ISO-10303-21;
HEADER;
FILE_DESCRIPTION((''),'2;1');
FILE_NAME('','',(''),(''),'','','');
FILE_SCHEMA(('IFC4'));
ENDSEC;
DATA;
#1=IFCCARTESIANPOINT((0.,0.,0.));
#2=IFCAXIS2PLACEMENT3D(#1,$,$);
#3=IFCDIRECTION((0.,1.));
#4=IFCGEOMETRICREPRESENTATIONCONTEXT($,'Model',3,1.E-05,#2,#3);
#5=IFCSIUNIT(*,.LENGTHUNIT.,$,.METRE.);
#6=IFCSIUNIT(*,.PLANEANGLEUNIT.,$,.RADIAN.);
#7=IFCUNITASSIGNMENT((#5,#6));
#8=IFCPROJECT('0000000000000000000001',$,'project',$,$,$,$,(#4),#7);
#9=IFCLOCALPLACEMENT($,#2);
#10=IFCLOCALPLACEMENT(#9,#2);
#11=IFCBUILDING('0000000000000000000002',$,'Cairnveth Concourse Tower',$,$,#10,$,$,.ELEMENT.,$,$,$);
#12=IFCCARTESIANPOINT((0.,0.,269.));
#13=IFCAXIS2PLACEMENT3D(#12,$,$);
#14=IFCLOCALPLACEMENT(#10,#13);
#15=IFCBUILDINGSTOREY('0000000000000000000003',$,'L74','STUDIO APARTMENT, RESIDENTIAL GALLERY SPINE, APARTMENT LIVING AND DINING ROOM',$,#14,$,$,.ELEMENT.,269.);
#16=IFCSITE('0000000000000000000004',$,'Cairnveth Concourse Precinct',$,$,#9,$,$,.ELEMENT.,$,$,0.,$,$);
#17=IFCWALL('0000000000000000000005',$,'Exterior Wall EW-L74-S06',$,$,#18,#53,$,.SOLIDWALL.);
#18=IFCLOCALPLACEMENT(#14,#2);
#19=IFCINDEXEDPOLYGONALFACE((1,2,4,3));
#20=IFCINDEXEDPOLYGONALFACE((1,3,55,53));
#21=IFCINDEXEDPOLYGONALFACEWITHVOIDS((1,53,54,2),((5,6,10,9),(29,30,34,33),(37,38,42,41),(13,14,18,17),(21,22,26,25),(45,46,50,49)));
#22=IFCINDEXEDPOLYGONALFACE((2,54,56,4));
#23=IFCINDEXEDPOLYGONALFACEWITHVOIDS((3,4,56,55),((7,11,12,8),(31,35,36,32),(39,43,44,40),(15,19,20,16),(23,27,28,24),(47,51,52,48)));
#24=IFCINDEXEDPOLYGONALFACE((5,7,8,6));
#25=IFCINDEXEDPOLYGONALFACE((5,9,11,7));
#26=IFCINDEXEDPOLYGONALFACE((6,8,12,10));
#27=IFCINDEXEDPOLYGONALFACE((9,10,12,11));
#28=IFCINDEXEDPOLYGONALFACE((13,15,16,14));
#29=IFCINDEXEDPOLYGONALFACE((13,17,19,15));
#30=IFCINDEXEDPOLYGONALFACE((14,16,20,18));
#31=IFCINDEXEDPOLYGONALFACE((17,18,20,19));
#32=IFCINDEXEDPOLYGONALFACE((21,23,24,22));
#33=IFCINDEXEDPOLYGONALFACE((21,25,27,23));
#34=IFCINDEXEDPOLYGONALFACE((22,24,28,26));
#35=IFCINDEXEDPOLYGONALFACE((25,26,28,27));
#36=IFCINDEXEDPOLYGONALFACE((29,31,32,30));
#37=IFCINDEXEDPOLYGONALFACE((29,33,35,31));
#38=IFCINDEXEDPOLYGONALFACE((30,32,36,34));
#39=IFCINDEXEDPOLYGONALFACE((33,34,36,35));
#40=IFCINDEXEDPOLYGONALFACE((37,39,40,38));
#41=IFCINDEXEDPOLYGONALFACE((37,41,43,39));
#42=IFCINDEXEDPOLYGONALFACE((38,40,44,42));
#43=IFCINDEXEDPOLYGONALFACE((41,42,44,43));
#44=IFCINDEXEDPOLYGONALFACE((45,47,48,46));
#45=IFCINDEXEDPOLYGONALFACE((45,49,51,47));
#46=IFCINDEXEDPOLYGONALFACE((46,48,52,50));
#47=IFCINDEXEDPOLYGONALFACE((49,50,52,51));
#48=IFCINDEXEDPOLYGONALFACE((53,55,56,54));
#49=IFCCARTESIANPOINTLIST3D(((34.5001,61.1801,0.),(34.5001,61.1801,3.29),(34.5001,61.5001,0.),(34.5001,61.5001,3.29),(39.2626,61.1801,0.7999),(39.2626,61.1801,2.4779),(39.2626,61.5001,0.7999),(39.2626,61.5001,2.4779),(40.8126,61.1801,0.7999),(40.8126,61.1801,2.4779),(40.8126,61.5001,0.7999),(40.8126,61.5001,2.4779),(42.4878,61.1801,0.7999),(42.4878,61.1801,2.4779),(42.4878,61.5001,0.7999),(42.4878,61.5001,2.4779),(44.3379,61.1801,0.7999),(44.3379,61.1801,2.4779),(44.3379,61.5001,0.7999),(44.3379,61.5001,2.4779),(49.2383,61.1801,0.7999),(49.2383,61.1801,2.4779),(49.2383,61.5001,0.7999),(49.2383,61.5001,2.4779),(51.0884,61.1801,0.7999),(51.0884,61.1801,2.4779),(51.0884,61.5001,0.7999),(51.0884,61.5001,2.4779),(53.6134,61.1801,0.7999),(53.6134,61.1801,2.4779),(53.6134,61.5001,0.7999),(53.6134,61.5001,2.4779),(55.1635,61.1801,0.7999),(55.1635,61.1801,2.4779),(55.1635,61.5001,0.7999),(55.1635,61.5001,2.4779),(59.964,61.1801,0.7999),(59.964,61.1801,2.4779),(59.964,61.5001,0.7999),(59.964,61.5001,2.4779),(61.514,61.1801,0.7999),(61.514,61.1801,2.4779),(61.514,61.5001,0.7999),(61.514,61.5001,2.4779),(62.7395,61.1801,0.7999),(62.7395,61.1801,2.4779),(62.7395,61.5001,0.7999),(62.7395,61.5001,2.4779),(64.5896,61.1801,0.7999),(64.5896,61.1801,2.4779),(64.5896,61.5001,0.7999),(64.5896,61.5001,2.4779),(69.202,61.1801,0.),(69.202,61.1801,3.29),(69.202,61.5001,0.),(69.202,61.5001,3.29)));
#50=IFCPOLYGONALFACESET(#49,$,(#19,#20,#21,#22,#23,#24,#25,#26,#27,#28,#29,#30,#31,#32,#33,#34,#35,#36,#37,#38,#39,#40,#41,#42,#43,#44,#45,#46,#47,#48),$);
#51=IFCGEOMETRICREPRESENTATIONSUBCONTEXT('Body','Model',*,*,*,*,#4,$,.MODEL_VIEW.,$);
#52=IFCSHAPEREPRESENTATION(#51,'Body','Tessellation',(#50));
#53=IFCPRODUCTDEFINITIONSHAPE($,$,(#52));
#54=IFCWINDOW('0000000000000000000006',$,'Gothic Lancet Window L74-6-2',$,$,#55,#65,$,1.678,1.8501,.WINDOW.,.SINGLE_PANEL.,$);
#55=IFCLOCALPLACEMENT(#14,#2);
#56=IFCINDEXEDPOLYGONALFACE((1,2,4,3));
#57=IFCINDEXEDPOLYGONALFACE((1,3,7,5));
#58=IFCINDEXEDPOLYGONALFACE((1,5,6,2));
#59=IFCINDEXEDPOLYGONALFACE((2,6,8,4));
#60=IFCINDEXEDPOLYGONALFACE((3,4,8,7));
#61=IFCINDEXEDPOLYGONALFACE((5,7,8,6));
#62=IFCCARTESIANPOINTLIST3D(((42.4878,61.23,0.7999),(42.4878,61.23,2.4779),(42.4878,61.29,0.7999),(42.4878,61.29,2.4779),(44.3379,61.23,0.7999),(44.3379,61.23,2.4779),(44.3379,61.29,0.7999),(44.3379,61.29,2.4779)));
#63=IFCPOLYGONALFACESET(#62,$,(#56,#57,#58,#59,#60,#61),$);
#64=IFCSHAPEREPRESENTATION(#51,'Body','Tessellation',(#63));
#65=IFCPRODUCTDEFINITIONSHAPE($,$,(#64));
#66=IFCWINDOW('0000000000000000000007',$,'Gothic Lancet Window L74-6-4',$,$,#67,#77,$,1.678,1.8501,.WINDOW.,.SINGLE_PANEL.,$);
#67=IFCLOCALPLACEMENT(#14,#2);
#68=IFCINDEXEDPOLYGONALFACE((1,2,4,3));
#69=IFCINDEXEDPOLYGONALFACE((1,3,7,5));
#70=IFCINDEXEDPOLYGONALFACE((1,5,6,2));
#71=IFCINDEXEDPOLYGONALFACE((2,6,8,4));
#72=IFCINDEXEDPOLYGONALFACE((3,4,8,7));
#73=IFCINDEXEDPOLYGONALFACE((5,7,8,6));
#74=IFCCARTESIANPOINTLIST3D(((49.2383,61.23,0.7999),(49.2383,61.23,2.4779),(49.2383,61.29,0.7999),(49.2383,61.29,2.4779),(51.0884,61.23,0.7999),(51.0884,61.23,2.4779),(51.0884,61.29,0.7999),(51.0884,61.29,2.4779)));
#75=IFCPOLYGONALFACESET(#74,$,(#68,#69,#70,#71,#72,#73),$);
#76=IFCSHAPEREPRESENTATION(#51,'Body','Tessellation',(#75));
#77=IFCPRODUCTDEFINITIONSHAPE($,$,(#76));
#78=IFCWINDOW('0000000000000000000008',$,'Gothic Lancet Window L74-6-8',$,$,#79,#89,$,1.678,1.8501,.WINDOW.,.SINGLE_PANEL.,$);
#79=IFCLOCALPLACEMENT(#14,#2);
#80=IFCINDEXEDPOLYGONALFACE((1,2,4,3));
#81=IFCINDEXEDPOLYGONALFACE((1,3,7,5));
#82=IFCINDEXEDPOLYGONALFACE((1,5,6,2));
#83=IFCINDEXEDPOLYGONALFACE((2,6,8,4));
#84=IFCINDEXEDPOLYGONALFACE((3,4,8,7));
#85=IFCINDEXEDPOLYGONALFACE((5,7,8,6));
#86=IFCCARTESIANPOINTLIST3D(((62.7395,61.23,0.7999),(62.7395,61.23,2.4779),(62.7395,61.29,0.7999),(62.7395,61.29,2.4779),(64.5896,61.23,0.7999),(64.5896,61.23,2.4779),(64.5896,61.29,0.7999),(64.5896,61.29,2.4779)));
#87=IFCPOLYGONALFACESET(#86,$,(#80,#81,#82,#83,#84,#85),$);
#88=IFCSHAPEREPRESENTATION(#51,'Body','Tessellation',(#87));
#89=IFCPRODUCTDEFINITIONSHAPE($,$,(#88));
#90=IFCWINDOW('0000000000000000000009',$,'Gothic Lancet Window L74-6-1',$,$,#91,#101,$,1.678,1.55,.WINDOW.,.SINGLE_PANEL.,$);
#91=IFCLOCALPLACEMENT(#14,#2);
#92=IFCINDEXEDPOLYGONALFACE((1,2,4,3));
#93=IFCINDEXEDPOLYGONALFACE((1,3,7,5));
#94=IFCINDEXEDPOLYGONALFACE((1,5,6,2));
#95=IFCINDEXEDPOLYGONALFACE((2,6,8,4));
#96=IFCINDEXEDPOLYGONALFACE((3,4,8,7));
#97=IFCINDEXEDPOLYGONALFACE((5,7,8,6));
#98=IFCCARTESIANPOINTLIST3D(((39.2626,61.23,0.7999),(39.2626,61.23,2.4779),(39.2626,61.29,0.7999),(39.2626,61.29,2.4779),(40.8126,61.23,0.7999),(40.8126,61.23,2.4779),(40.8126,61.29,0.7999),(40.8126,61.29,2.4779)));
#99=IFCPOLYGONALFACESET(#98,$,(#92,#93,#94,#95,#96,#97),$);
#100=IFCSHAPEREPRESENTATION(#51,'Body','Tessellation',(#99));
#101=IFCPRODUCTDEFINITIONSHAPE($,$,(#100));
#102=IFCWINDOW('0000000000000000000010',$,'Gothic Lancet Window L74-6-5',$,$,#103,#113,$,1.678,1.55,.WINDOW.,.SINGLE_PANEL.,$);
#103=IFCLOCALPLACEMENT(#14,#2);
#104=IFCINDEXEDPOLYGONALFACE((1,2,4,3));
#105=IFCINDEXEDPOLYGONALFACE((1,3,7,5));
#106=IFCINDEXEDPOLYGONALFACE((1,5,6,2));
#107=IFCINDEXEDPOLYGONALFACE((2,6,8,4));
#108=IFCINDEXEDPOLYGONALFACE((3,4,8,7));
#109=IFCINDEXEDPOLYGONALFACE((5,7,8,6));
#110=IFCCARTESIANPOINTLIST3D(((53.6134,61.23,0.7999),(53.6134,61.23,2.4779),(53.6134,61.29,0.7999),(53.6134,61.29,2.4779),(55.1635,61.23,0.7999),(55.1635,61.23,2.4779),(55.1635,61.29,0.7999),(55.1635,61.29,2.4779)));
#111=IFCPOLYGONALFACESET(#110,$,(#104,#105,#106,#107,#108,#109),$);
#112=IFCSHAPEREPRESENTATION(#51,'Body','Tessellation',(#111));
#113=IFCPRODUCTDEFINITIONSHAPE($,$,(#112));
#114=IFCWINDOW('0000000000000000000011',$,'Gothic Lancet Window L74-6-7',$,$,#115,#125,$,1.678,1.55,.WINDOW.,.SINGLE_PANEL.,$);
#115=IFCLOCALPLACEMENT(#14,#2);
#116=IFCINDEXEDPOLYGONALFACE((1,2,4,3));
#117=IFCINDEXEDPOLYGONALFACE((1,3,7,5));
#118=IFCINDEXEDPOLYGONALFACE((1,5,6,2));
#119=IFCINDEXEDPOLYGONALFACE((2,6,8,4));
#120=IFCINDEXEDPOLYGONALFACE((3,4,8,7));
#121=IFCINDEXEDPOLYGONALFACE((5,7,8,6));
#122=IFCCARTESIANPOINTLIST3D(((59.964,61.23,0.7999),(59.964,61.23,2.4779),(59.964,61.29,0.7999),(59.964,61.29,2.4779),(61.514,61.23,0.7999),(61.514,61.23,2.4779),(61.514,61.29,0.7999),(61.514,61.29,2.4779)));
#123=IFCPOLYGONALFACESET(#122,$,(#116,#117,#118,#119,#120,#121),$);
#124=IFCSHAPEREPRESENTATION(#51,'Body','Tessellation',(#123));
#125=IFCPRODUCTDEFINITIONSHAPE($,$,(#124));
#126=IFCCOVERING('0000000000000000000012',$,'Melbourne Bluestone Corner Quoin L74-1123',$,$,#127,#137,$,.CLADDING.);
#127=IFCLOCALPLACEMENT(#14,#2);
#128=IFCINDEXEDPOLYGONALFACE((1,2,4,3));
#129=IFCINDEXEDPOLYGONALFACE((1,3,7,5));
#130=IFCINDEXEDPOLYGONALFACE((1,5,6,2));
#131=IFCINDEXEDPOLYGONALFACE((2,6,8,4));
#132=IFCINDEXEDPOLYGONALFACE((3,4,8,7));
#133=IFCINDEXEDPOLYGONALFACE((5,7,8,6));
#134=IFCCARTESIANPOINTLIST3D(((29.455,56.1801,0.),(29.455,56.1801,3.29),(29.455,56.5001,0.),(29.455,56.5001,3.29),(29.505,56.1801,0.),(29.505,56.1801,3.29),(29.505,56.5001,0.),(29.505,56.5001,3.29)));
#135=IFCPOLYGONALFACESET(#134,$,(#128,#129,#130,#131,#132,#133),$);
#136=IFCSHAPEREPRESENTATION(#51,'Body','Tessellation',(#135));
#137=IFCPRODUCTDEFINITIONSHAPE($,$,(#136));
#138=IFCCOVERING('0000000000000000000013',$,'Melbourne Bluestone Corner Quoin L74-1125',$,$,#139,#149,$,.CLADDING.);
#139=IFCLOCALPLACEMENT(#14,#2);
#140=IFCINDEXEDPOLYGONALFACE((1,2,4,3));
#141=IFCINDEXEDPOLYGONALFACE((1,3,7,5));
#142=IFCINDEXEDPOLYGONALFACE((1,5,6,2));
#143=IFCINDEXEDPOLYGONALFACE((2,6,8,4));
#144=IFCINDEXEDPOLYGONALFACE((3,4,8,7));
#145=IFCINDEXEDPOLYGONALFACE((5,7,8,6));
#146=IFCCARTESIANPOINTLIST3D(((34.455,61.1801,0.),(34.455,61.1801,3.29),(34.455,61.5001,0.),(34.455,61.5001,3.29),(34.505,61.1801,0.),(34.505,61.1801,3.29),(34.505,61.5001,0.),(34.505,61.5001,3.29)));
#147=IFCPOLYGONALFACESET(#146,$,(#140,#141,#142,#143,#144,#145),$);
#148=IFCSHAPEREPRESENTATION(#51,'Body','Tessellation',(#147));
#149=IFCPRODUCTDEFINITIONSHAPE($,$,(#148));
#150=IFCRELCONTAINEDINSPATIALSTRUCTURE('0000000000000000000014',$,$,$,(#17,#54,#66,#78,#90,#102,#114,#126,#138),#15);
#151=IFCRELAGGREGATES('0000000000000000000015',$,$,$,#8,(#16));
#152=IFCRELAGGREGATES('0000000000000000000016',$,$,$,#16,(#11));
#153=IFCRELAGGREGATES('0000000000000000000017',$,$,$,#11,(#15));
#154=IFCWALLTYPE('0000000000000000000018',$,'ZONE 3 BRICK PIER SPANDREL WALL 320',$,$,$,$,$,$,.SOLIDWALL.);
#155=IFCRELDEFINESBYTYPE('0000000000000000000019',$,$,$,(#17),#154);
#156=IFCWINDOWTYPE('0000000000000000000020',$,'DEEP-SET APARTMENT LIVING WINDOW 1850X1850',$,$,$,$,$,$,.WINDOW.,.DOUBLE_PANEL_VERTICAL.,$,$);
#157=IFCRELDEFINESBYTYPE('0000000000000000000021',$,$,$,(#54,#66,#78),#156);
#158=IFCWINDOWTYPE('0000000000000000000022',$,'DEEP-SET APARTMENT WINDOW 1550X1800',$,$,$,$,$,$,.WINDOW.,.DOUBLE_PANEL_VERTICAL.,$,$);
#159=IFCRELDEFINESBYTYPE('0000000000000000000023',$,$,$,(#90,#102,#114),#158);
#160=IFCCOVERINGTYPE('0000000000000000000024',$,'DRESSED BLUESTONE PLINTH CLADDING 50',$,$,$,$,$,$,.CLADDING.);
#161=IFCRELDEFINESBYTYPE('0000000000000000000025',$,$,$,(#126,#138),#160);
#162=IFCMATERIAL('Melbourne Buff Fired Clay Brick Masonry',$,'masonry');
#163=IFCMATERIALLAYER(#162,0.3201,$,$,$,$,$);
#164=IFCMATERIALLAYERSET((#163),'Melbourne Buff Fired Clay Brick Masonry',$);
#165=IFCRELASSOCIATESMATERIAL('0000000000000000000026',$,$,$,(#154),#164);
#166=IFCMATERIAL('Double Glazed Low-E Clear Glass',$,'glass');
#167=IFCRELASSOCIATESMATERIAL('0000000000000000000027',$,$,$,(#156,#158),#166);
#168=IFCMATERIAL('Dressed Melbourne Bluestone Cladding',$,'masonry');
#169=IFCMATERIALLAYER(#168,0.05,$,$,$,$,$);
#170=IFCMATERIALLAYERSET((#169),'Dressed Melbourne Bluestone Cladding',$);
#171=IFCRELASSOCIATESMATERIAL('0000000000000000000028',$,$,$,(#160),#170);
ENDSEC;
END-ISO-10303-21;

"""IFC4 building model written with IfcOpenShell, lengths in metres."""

from ifc_helpers import new_model, si_unit, direction, frame, frame_2d, origin, place, context, subcontext, project, spatial, rectangle, extrude, material, layer, layer_set, type_object, element, fill, save


model = new_model("IFC4")

# Units and contexts
model_context = context("Model", 3, precision=1e-05, world=origin(), true_north=direction((0.0, 1.0)))
body_context = subcontext(model_context, "Body", "Model", "MODEL_VIEW")
ifc_project = project(units=[si_unit("LENGTHUNIT", "METRE"), si_unit("PLANEANGLEUNIT", "RADIAN")], contexts=[model_context])

# Site, building, storey
site_placement = place(None, origin())
site = spatial("IfcSite", under=ifc_project, at=site_placement, Name="Cairnveth Concourse Precinct", CompositionType="ELEMENT", RefElevation=0.0)
building_placement = place(site_placement, origin())
building = spatial("IfcBuilding", under=site, at=building_placement, Name="Cairnveth Concourse Tower", CompositionType="ELEMENT")
storey_placement = place(building_placement, frame((0.0, 0.0, 269.0)))
storey = spatial("IfcBuildingStorey", under=building, at=storey_placement, Name="L74", Description="STUDIO APARTMENT, RESIDENTIAL GALLERY SPINE, APARTMENT LIVING AND DINING ROOM", CompositionType="ELEMENT", Elevation=269.0)

# Shared definitions
ifc_material_1 = material(Name="Melbourne Buff Fired Clay Brick Masonry", Category="masonry")
ifc_layer_1 = layer(ifc_material_1, 0.3201)
ifc_layer_set_1 = layer_set([ifc_layer_1], Name="Melbourne Buff Fired Clay Brick Masonry")
wall_type_1 = type_object("IfcWallType", Name="ZONE 3 BRICK PIER SPANDREL WALL 320", PredefinedType="SOLIDWALL", material=ifc_layer_set_1)

# Wall, openings, windows
wall_1_placement = place(storey_placement, frame((34.5, 61.3401, 0.0), z_axis=(0.0, 0.0, 1.0), x_axis=(1.0, 0.0, 0.0)))
wall_1 = element("IfcWall", 1, at=wall_1_placement, inside=storey, type_object=wall_type_1, Name="Exterior Wall EW-L74-S06", PredefinedType="SOLIDWALL", context=body_context, shape_type="SweptSolid", body=[
    extrude(rectangle(XDim=34.7019, YDim=0.3201, at=frame_2d((17.3511, 0.0))), origin(), (0.0, 0.0, 1.0), 3.29),
])
opening_1_placement = place(wall_1_placement, frame((4.7627, 0.0, 0.8)))
opening_1 = element("IfcOpeningElement", 2, at=opening_1_placement, cuts=wall_1, PredefinedType="OPENING", context=body_context, shape_type="SweptSolid", body=[
    extrude(rectangle(XDim=1.55, YDim=1.678, at=frame_2d((0.7749, 0.8389))), frame((0.0, 0.1699, 0.0), z_axis=(0.0, -1.0, 0.0), x_axis=(1.0, 0.0, 0.0)), (0.0, 0.0, 1.0), 0.3401),
])
opening_2_placement = place(wall_1_placement, frame((7.9878, 0.0, 0.8)))
opening_2 = element("IfcOpeningElement", 3, at=opening_2_placement, cuts=wall_1, PredefinedType="OPENING", context=body_context, shape_type="SweptSolid", body=[
    extrude(rectangle(XDim=1.8501, YDim=1.678, at=frame_2d((0.925, 0.8389))), frame((0.0, 0.1699, 0.0), z_axis=(0.0, -1.0, 0.0), x_axis=(1.0, 0.0, 0.0)), (0.0, 0.0, 1.0), 0.3401),
])
opening_3_placement = place(wall_1_placement, frame((14.7383, 0.0, 0.8)))
opening_3 = element("IfcOpeningElement", 4, at=opening_3_placement, cuts=wall_1, PredefinedType="OPENING", context=body_context, shape_type="SweptSolid", body=[
    extrude(rectangle(XDim=1.8501, YDim=1.678, at=frame_2d((0.925, 0.8389))), frame((0.0, 0.1699, 0.0), z_axis=(0.0, -1.0, 0.0), x_axis=(1.0, 0.0, 0.0)), (0.0, 0.0, 1.0), 0.3401),
])
opening_4_placement = place(wall_1_placement, frame((19.1135, 0.0, 0.8)))
opening_4 = element("IfcOpeningElement", 5, at=opening_4_placement, cuts=wall_1, PredefinedType="OPENING", context=body_context, shape_type="SweptSolid", body=[
    extrude(rectangle(XDim=1.55, YDim=1.678, at=frame_2d((0.7749, 0.8389))), frame((0.0, 0.1699, 0.0), z_axis=(0.0, -1.0, 0.0), x_axis=(1.0, 0.0, 0.0)), (0.0, 0.0, 1.0), 0.3401),
])
opening_5_placement = place(wall_1_placement, frame((25.4641, 0.0, 0.8)))
opening_5 = element("IfcOpeningElement", 6, at=opening_5_placement, cuts=wall_1, PredefinedType="OPENING", context=body_context, shape_type="SweptSolid", body=[
    extrude(rectangle(XDim=1.55, YDim=1.678, at=frame_2d((0.7749, 0.8389))), frame((0.0, 0.1699, 0.0), z_axis=(0.0, -1.0, 0.0), x_axis=(1.0, 0.0, 0.0)), (0.0, 0.0, 1.0), 0.3401),
])
opening_6_placement = place(wall_1_placement, frame((28.2395, 0.0, 0.8)))
opening_6 = element("IfcOpeningElement", 7, at=opening_6_placement, cuts=wall_1, PredefinedType="OPENING", context=body_context, shape_type="SweptSolid", body=[
    extrude(rectangle(XDim=1.8501, YDim=1.678, at=frame_2d((0.925, 0.8389))), frame((0.0, 0.1699, 0.0), z_axis=(0.0, -1.0, 0.0), x_axis=(1.0, 0.0, 0.0)), (0.0, 0.0, 1.0), 0.3401),
])
ifc_material_2 = material(Name="Double Glazed Low-E Clear Glass", Category="glass")
window_type_1 = type_object("IfcWindowType", Name="DEEP-SET APARTMENT LIVING WINDOW 1850X1850", PartitioningType="DOUBLE_PANEL_VERTICAL", PredefinedType="WINDOW", material=ifc_material_2)
window_1_placement = place(opening_2_placement, origin())
window_1 = element("IfcWindow", 8, at=window_1_placement, inside=storey, type_object=window_type_1, Name="Gothic Lancet Window L74-6-2", OverallHeight=1.678, OverallWidth=1.8501, PartitioningType="SINGLE_PANEL", PredefinedType="WINDOW", context=body_context, shape_type="SweptSolid", body=[
    extrude(rectangle(XDim=1.8501, YDim=1.678, at=frame_2d((0.925, 0.8389))), frame((0.0, -0.05, 0.0), z_axis=(0.0, -1.0, 0.0), x_axis=(1.0, 0.0, 0.0)), (0.0, 0.0, 1.0), 0.0601),
])
fill(opening_2, window_1)
window_2_placement = place(opening_3_placement, origin())
window_2 = element("IfcWindow", 9, at=window_2_placement, inside=storey, type_object=window_type_1, Name="Gothic Lancet Window L74-6-4", OverallHeight=1.678, OverallWidth=1.8501, PartitioningType="SINGLE_PANEL", PredefinedType="WINDOW", context=body_context, shape_type="SweptSolid", body=[
    extrude(rectangle(XDim=1.8501, YDim=1.678, at=frame_2d((0.925, 0.8389))), frame((0.0, -0.05, 0.0), z_axis=(0.0, -1.0, 0.0), x_axis=(1.0, 0.0, 0.0)), (0.0, 0.0, 1.0), 0.0601),
])
fill(opening_3, window_2)
window_3_placement = place(opening_6_placement, origin())
window_3 = element("IfcWindow", 10, at=window_3_placement, inside=storey, type_object=window_type_1, Name="Gothic Lancet Window L74-6-8", OverallHeight=1.678, OverallWidth=1.8501, PartitioningType="SINGLE_PANEL", PredefinedType="WINDOW", context=body_context, shape_type="SweptSolid", body=[
    extrude(rectangle(XDim=1.8501, YDim=1.678, at=frame_2d((0.925, 0.8389))), frame((0.0, -0.05, 0.0), z_axis=(0.0, -1.0, 0.0), x_axis=(1.0, 0.0, 0.0)), (0.0, 0.0, 1.0), 0.0601),
])
fill(opening_6, window_3)
window_type_2 = type_object("IfcWindowType", Name="DEEP-SET APARTMENT WINDOW 1550X1800", PartitioningType="DOUBLE_PANEL_VERTICAL", PredefinedType="WINDOW", material=ifc_material_2)
window_4_placement = place(opening_1_placement, origin())
window_4 = element("IfcWindow", 11, at=window_4_placement, inside=storey, type_object=window_type_2, Name="Gothic Lancet Window L74-6-1", OverallHeight=1.678, OverallWidth=1.55, PartitioningType="SINGLE_PANEL", PredefinedType="WINDOW", context=body_context, shape_type="SweptSolid", body=[
    extrude(rectangle(XDim=1.55, YDim=1.678, at=frame_2d((0.7749, 0.8389))), frame((0.0, -0.05, 0.0), z_axis=(0.0, -1.0, 0.0), x_axis=(1.0, 0.0, 0.0)), (0.0, 0.0, 1.0), 0.0601),
])
fill(opening_1, window_4)
window_5_placement = place(opening_4_placement, origin())
window_5 = element("IfcWindow", 12, at=window_5_placement, inside=storey, type_object=window_type_2, Name="Gothic Lancet Window L74-6-5", OverallHeight=1.678, OverallWidth=1.55, PartitioningType="SINGLE_PANEL", PredefinedType="WINDOW", context=body_context, shape_type="SweptSolid", body=[
    extrude(rectangle(XDim=1.55, YDim=1.678, at=frame_2d((0.7749, 0.8389))), frame((0.0, -0.05, 0.0), z_axis=(0.0, -1.0, 0.0), x_axis=(1.0, 0.0, 0.0)), (0.0, 0.0, 1.0), 0.0601),
])
fill(opening_4, window_5)
window_6_placement = place(opening_5_placement, origin())
window_6 = element("IfcWindow", 13, at=window_6_placement, inside=storey, type_object=window_type_2, Name="Gothic Lancet Window L74-6-7", OverallHeight=1.678, OverallWidth=1.55, PartitioningType="SINGLE_PANEL", PredefinedType="WINDOW", context=body_context, shape_type="SweptSolid", body=[
    extrude(rectangle(XDim=1.55, YDim=1.678, at=frame_2d((0.7749, 0.8389))), frame((0.0, -0.05, 0.0), z_axis=(0.0, -1.0, 0.0), x_axis=(1.0, 0.0, 0.0)), (0.0, 0.0, 1.0), 0.0601),
])
fill(opening_5, window_6)

# Coverings
ifc_material_3 = material(Name="Dressed Melbourne Bluestone Cladding", Category="masonry")
ifc_layer_2 = layer(ifc_material_3, 0.05)
ifc_layer_set_2 = layer_set([ifc_layer_2], Name="Dressed Melbourne Bluestone Cladding")
covering_type = type_object("IfcCoveringType", Name="DRESSED BLUESTONE PLINTH CLADDING 50", PredefinedType="CLADDING", material=ifc_layer_set_2)
for number, where, z_axis, x_axis, name in (
    (14, (29.48, 56.1799, 0.0), (0.0, 0.0, 1.0), (0.0, 1.0, 0.0), "Melbourne Bluestone Corner Quoin L74-1123"),
    (15, (34.48, 61.1799, 0.0), (0.0, 0.0, 1.0), (0.0, 1.0, 0.0), "Melbourne Bluestone Corner Quoin L74-1125"),
):
    element("IfcCovering", number, at=place(storey_placement, frame(where, z_axis=z_axis, x_axis=x_axis)), inside=storey, type_object=covering_type, Name=name, PredefinedType="CLADDING", context=body_context, shape_type="SweptSolid", body=[
        extrude(rectangle(XDim=0.3201, YDim=0.05, at=frame_2d((0.1602, 0.0))), origin(), (0.0, 0.0, 1.0), 3.29),
    ])

save(model, "model.ifc")
